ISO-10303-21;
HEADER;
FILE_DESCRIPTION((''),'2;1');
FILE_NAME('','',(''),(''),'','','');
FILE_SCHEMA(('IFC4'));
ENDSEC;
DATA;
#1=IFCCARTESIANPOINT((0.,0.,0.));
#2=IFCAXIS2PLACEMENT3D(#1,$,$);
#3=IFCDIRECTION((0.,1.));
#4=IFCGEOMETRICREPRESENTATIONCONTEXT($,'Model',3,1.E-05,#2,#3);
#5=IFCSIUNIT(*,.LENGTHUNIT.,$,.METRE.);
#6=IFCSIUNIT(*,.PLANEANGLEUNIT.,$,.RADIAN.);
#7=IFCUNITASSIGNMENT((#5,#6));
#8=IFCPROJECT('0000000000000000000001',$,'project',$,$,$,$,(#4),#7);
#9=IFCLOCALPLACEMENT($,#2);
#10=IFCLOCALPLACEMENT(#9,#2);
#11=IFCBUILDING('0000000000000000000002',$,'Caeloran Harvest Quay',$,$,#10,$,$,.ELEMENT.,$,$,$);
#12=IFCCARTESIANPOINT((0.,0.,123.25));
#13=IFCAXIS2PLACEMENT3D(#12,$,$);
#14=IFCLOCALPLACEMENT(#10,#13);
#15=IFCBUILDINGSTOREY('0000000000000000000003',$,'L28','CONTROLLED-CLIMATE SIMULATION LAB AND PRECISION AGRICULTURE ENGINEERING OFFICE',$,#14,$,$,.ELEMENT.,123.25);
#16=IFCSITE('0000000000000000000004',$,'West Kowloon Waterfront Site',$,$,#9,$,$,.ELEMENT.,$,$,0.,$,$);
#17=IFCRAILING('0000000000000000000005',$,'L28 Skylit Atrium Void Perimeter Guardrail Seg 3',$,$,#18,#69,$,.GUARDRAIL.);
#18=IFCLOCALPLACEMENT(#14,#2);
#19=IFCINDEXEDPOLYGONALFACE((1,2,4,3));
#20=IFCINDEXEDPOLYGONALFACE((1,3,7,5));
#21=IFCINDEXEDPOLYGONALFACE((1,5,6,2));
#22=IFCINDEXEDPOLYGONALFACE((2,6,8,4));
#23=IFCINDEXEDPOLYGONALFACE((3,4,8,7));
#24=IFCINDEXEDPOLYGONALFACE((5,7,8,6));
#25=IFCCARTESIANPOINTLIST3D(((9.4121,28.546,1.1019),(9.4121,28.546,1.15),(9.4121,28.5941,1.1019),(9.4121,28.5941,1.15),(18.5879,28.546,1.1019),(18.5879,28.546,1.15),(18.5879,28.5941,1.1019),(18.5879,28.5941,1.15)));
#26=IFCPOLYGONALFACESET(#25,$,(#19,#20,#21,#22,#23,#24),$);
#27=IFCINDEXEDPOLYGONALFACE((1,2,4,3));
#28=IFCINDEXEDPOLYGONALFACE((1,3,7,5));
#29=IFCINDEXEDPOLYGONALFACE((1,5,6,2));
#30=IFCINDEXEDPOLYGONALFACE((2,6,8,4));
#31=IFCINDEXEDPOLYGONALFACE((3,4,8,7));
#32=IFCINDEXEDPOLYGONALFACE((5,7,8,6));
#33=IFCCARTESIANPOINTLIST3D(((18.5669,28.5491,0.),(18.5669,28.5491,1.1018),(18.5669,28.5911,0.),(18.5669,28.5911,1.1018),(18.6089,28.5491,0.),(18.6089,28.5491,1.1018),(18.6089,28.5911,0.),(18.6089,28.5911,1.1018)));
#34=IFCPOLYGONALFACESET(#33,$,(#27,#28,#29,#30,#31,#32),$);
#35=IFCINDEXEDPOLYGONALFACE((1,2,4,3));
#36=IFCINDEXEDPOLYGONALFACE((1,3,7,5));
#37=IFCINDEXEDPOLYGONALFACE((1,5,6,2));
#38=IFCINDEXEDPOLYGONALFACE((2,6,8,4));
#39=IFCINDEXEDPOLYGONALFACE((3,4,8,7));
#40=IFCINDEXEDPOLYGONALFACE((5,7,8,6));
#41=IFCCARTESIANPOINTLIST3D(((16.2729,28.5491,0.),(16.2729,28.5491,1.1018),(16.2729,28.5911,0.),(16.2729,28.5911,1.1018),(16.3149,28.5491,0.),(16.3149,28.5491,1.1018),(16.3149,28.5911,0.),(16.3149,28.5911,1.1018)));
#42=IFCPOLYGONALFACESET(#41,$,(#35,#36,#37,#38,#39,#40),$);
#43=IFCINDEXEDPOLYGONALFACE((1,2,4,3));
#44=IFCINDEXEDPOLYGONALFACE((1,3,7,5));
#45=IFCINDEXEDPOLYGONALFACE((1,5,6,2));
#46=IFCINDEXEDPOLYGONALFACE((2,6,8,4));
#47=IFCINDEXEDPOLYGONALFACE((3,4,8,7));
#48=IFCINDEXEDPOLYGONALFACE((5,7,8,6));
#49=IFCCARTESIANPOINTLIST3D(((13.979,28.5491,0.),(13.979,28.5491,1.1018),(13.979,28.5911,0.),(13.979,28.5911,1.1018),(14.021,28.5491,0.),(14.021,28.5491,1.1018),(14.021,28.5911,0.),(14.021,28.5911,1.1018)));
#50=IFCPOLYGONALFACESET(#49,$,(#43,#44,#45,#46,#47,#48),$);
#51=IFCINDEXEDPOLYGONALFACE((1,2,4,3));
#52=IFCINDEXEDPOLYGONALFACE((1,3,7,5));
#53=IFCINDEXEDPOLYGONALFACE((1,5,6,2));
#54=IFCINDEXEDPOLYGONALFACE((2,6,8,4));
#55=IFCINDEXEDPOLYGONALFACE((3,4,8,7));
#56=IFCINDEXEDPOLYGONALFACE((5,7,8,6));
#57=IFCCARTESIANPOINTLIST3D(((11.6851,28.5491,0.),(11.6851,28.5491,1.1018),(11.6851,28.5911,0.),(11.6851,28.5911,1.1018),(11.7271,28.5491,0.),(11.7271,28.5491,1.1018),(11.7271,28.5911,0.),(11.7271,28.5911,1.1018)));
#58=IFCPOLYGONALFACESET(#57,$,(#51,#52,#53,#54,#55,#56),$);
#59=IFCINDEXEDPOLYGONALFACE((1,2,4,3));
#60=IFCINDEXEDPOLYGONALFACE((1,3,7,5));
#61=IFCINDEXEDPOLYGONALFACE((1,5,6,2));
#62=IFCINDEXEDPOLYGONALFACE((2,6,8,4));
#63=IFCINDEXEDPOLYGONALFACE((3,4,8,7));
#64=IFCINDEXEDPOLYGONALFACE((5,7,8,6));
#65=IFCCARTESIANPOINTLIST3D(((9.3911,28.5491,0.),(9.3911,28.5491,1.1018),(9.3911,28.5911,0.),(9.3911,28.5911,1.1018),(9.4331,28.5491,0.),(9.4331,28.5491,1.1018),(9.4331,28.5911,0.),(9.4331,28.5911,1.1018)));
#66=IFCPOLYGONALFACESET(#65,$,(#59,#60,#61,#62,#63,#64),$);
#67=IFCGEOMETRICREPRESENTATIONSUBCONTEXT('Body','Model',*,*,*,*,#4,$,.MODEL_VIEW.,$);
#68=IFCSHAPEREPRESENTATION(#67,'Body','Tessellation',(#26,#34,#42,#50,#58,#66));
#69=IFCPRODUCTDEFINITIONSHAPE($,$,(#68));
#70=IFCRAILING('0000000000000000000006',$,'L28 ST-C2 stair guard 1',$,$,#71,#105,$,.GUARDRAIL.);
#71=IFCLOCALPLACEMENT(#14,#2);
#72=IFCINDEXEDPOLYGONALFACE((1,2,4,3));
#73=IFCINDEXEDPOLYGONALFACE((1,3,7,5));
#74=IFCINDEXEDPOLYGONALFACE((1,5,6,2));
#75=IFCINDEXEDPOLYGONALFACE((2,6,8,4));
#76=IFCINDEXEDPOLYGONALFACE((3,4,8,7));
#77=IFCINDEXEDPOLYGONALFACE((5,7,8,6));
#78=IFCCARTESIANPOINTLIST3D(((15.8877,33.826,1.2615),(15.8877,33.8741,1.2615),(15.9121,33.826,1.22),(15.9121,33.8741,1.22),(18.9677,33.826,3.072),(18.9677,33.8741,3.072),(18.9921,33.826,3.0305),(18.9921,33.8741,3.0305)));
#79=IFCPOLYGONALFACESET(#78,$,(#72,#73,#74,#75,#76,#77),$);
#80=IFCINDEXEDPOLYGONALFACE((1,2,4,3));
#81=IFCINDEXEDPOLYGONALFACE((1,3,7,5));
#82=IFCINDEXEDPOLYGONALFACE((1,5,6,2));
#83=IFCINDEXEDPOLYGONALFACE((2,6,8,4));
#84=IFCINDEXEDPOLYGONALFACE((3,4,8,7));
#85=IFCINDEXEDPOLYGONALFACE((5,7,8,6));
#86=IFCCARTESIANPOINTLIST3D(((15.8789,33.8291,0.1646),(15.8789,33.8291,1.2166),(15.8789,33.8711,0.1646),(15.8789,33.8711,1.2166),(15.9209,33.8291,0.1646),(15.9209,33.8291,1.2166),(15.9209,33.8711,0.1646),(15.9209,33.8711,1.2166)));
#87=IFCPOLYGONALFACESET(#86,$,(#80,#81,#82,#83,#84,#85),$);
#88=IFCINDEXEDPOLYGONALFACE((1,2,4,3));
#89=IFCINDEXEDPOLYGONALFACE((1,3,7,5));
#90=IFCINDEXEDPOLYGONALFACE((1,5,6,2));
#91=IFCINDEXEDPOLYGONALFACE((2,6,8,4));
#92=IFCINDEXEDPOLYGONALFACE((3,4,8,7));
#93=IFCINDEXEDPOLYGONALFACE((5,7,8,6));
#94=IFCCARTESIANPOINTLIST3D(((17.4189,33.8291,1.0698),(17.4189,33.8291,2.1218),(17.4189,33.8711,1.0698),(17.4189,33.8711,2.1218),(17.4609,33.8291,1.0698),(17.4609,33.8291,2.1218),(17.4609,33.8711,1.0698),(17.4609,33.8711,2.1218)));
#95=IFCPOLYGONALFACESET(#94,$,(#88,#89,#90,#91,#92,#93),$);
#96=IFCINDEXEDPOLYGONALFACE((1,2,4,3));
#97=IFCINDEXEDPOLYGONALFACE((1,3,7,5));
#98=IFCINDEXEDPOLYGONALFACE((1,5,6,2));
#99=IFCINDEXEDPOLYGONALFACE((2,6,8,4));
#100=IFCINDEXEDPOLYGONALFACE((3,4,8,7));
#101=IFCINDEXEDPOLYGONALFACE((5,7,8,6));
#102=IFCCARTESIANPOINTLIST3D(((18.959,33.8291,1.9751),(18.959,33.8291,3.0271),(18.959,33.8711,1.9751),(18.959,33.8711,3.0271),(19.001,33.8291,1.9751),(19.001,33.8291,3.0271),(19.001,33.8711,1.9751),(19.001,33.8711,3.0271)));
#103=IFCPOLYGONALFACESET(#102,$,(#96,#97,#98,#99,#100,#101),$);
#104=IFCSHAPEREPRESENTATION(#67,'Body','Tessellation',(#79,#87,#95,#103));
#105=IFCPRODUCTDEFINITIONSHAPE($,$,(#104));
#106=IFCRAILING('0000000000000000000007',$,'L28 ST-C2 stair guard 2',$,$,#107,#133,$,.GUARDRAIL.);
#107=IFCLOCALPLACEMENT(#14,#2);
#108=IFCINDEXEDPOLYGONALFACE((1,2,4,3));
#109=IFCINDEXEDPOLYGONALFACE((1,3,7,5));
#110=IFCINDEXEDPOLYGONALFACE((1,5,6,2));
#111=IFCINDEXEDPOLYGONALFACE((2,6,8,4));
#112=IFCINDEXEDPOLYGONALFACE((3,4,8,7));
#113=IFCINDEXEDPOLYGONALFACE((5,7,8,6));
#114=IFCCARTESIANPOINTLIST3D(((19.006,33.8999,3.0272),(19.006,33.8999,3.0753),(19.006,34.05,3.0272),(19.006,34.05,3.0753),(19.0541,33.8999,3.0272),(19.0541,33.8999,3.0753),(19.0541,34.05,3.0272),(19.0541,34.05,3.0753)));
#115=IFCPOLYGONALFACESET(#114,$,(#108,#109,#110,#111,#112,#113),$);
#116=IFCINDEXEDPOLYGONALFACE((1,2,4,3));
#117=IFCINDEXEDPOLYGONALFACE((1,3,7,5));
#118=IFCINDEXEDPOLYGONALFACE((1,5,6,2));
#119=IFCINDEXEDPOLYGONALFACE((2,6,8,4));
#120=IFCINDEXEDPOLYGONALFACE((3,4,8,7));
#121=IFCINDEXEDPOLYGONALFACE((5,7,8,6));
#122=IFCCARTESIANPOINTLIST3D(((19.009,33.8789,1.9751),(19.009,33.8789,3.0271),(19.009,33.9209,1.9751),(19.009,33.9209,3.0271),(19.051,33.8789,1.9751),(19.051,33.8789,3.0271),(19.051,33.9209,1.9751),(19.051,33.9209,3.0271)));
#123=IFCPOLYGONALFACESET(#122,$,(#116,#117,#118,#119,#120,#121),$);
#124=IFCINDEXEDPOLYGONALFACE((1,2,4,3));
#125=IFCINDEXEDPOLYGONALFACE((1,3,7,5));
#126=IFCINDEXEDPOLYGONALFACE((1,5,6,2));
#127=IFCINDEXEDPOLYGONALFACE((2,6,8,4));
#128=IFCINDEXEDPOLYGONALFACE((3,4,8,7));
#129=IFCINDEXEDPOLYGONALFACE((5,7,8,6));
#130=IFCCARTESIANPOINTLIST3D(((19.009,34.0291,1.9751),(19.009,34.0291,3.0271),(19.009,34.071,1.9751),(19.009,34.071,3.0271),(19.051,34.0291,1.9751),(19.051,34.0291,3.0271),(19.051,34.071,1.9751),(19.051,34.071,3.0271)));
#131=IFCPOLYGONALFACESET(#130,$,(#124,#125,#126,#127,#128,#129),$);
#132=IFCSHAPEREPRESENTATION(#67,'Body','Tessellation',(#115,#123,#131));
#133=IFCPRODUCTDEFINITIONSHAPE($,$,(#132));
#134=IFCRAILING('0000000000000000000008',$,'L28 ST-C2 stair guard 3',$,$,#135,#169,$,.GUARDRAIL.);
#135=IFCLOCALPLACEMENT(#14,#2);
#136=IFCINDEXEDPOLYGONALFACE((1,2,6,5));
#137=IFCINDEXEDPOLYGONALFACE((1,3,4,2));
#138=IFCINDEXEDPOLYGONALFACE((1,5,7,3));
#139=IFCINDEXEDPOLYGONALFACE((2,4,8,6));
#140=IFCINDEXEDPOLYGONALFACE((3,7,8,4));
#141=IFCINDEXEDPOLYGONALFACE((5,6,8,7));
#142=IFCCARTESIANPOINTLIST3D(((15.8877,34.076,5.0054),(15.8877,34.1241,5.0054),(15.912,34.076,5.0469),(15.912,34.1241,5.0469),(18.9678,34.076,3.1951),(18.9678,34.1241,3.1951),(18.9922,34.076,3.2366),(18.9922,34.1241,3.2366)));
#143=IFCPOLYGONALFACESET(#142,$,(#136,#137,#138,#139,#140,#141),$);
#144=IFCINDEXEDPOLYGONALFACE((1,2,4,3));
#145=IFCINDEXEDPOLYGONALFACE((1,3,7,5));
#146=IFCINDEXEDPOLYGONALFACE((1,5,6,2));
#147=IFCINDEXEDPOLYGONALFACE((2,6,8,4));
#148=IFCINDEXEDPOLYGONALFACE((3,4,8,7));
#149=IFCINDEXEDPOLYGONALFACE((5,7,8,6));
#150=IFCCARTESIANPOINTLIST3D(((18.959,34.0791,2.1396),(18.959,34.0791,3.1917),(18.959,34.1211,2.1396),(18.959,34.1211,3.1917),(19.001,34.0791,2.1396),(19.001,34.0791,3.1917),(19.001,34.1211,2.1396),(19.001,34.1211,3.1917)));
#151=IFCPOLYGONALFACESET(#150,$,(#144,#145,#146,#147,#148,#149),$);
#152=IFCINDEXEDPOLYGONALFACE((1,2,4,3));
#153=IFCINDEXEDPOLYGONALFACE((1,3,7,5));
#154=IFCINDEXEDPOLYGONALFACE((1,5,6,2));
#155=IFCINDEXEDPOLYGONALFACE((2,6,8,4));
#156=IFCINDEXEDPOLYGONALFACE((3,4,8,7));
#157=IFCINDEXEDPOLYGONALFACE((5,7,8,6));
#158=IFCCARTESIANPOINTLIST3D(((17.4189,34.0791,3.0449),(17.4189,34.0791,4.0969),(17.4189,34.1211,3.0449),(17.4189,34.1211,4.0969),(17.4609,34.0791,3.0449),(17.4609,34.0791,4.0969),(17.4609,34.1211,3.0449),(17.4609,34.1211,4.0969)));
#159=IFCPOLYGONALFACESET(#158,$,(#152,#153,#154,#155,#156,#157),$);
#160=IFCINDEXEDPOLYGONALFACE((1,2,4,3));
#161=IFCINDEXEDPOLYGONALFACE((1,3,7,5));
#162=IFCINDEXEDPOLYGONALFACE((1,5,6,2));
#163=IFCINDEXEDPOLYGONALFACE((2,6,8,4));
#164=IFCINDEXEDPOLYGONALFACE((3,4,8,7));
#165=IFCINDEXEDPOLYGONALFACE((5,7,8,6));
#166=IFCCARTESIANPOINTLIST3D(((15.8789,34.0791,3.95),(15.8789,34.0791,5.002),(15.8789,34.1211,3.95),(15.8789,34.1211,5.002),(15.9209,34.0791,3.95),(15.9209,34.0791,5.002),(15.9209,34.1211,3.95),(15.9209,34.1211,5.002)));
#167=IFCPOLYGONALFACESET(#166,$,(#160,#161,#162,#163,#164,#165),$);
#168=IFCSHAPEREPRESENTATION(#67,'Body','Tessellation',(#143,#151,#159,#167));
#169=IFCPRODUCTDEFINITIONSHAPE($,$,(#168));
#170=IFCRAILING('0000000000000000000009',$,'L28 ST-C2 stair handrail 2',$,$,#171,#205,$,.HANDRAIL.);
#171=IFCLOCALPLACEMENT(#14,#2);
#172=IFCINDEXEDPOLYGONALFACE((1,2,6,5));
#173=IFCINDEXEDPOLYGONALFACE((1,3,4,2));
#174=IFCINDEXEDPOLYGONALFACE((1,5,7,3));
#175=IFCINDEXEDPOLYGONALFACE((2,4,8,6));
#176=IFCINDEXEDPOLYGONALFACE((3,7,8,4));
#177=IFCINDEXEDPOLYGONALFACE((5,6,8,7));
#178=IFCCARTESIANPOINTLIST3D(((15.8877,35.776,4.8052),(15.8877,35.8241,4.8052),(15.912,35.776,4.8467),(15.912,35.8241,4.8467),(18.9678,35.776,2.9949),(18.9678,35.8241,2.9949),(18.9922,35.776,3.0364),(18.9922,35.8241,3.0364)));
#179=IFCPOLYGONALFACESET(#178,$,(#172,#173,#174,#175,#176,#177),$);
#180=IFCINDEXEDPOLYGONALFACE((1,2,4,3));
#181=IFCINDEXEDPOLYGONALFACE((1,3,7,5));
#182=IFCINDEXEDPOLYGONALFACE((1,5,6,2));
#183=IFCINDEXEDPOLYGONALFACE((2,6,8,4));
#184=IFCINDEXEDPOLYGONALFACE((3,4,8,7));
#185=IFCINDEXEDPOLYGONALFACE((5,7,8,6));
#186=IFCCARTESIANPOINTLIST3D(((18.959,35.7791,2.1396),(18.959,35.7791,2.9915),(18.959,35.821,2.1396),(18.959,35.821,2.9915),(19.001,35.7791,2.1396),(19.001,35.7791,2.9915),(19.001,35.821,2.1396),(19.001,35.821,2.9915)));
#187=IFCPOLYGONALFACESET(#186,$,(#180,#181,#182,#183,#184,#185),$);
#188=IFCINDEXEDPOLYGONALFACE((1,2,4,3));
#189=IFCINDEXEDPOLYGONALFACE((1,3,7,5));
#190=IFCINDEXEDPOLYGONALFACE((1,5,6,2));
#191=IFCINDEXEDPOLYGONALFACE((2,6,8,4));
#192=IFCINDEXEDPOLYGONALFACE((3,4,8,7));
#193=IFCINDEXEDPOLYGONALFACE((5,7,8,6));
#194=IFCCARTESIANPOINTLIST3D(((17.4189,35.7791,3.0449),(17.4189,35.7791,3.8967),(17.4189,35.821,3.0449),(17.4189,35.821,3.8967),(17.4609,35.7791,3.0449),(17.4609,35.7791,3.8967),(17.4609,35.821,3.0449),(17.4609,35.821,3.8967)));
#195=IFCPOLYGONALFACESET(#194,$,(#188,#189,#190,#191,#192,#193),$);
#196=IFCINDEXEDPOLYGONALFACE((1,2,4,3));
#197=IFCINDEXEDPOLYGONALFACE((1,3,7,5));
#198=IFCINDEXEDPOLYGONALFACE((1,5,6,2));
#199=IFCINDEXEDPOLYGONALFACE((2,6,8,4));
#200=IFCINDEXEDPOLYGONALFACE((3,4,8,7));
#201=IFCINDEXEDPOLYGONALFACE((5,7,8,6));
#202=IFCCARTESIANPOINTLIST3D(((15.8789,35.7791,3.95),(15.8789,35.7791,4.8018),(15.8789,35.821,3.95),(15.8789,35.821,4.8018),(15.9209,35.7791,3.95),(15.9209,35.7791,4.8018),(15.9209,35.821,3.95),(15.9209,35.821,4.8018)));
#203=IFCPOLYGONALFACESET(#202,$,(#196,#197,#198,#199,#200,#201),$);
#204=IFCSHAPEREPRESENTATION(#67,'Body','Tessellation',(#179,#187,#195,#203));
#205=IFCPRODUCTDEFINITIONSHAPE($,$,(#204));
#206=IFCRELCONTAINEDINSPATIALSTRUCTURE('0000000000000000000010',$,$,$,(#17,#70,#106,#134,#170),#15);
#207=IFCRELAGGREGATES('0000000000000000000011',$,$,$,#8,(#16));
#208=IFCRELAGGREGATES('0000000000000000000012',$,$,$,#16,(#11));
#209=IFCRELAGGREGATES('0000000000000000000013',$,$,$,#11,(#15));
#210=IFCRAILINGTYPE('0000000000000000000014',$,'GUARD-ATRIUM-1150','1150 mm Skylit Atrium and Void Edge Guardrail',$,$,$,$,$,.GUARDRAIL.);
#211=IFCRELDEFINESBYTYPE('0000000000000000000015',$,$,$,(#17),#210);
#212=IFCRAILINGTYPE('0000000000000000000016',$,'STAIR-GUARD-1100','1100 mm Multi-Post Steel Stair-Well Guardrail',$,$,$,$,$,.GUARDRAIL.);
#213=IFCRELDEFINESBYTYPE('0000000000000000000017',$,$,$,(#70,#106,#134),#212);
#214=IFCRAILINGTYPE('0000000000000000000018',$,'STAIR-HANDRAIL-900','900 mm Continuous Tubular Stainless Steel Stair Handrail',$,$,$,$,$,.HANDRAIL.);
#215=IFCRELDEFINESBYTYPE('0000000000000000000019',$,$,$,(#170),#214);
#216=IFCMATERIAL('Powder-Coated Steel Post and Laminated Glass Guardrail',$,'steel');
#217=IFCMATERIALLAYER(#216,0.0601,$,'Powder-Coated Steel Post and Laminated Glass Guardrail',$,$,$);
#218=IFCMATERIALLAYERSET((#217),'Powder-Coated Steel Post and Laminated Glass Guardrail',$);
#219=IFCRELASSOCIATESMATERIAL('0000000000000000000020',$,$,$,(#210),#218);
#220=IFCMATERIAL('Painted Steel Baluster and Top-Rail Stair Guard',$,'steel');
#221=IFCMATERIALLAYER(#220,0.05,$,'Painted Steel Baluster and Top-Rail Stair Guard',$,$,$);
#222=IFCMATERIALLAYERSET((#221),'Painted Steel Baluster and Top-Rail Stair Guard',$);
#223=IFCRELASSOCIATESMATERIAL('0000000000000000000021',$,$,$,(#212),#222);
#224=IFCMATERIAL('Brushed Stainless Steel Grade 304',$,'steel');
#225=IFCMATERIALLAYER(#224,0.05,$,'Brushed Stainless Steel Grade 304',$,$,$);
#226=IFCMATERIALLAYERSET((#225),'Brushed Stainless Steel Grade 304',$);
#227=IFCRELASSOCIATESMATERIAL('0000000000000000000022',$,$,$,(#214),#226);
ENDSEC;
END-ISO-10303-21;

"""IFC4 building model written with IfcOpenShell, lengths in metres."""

from ifc_helpers import new_model, si_unit, direction, frame, origin, origin_2d, place, context, subcontext, project, spatial, rectangle, extrude, material, layer, layer_set, type_object, element, save


model = new_model("IFC4")

# Units and contexts
model_context = context("Model", 3, precision=1e-05, world=origin(), true_north=direction((0.0, 1.0)))
body_context = subcontext(model_context, "Body", "Model", "MODEL_VIEW")
ifc_project = project(units=[si_unit("LENGTHUNIT", "METRE"), si_unit("PLANEANGLEUNIT", "RADIAN")], contexts=[model_context])

# Site, building, storey
site_placement = place(None, origin())
site = spatial("IfcSite", under=ifc_project, at=site_placement, Name="West Kowloon Waterfront Site", CompositionType="ELEMENT", RefElevation=0.0)
building_placement = place(site_placement, origin())
building = spatial("IfcBuilding", under=site, at=building_placement, Name="Caeloran Harvest Quay", CompositionType="ELEMENT")
storey_placement = place(building_placement, frame((0.0, 0.0, 123.25)))
storey = spatial("IfcBuildingStorey", under=building, at=storey_placement, Name="L28", Description="CONTROLLED-CLIMATE SIMULATION LAB AND PRECISION AGRICULTURE ENGINEERING OFFICE", CompositionType="ELEMENT", Elevation=123.25)

# Railings
ifc_material_1 = material(Name="Powder-Coated Steel Post and Laminated Glass Guardrail", Category="steel")
ifc_layer_1 = layer(ifc_material_1, 0.0601, Name="Powder-Coated Steel Post and Laminated Glass Guardrail")
ifc_layer_set_1 = layer_set([ifc_layer_1], Name="Powder-Coated Steel Post and Laminated Glass Guardrail")
railing_type_1 = type_object("IfcRailingType", Name="GUARD-ATRIUM-1150", Description="1150 mm Skylit Atrium and Void Edge Guardrail", PredefinedType="GUARDRAIL", material=ifc_layer_set_1)
railing_1_placement = place(storey_placement, frame((18.5879, 28.5701, 0.0)))
element("IfcRailing", 1, at=railing_1_placement, inside=storey, type_object=railing_type_1, Name="L28 Skylit Atrium Void Perimeter Guardrail Seg 3", PredefinedType="GUARDRAIL", context=body_context, shape_type="SweptSolid", body=[
    extrude(rectangle(XDim=0.0481, YDim=0.0481, at=origin_2d()), frame((0.0, 0.0, 1.126), z_axis=(-1.0, 0.0, 0.0), x_axis=(0.0, -1.0, 0.0)), (0.0, 0.0, 1.0), 9.1758),
    extrude(rectangle(XDim=0.042, YDim=0.042, at=origin_2d()), origin(), (0.0, 0.0, 1.0), 1.1018),
    extrude(rectangle(XDim=0.042, YDim=0.042, at=origin_2d()), frame((-2.2939, 0.0, 0.0)), (0.0, 0.0, 1.0), 1.1018),
    extrude(rectangle(XDim=0.042, YDim=0.042, at=origin_2d()), frame((-4.5879, 0.0, 0.0)), (0.0, 0.0, 1.0), 1.1018),
    extrude(rectangle(XDim=0.042, YDim=0.042, at=origin_2d()), frame((-6.8818, 0.0, 0.0)), (0.0, 0.0, 1.0), 1.1018),
    extrude(rectangle(XDim=0.042, YDim=0.042, at=origin_2d()), frame((-9.1758, 0.0, 0.0)), (0.0, 0.0, 1.0), 1.1018),
])
ifc_material_2 = material(Name="Painted Steel Baluster and Top-Rail Stair Guard", Category="steel")
ifc_layer_2 = layer(ifc_material_2, 0.05, Name="Painted Steel Baluster and Top-Rail Stair Guard")
ifc_layer_set_2 = layer_set([ifc_layer_2], Name="Painted Steel Baluster and Top-Rail Stair Guard")
railing_type_2 = type_object("IfcRailingType", Name="STAIR-GUARD-1100", Description="1100 mm Multi-Post Steel Stair-Well Guardrail", PredefinedType="GUARDRAIL", material=ifc_layer_set_2)
railing_2_placement = place(storey_placement, frame((15.8999, 33.8501, 0.1646)))
element("IfcRailing", 2, at=railing_2_placement, inside=storey, type_object=railing_type_2, Name="L28 ST-C2 stair guard 1", PredefinedType="GUARDRAIL", context=body_context, shape_type="SweptSolid", body=[
    extrude(rectangle(XDim=0.0481, YDim=0.0481, at=origin_2d()), frame((0.0, 0.0, 1.0762), z_axis=(0.862089, 0.0, 0.506757), x_axis=(0.0, 1.0, 0.0)), (0.0, 0.0, 1.0), 3.5728),
    extrude(rectangle(XDim=0.042, YDim=0.042, at=origin_2d()), origin(), (0.0, 0.0, 1.0), 1.052),
    extrude(rectangle(XDim=0.042, YDim=0.042, at=origin_2d()), frame((1.54, 0.0, 0.9053)), (0.0, 0.0, 1.0), 1.052),
    extrude(rectangle(XDim=0.042, YDim=0.042, at=origin_2d()), frame((3.0801, 0.0, 1.8105)), (0.0, 0.0, 1.0), 1.052),
])
railing_3_placement = place(storey_placement, frame((19.03, 33.8999, 1.9751)))
element("IfcRailing", 3, at=railing_3_placement, inside=storey, type_object=railing_type_2, Name="L28 ST-C2 stair guard 2", PredefinedType="GUARDRAIL", context=body_context, shape_type="SweptSolid", body=[
    extrude(rectangle(XDim=0.0481, YDim=0.0481, at=origin_2d()), frame((0.0, 0.0, 1.0762), z_axis=(0.0, 1.0, 0.0), x_axis=(-1.0, 0.0, 0.0)), (0.0, 0.0, 1.0), 0.1501),
    extrude(rectangle(XDim=0.042, YDim=0.042, at=origin_2d()), origin(), (0.0, 0.0, 1.0), 1.052),
    extrude(rectangle(XDim=0.042, YDim=0.042, at=origin_2d()), frame((0.0, 0.1501, 0.0)), (0.0, 0.0, 1.0), 1.052),
])
railing_4_placement = place(storey_placement, frame((18.98, 34.1001, 2.1396)))
element("IfcRailing", 4, at=railing_4_placement, inside=storey, type_object=railing_type_2, Name="L28 ST-C2 stair guard 3", PredefinedType="GUARDRAIL", context=body_context, shape_type="SweptSolid", body=[
    extrude(rectangle(XDim=0.0481, YDim=0.0481, at=origin_2d()), frame((0.0, 0.0, 1.0762), z_axis=(-0.862119, 0.0, 0.506707), x_axis=(0.0, -1.0, 0.0)), (0.0, 0.0, 1.0), 3.5728),
    extrude(rectangle(XDim=0.042, YDim=0.042, at=origin_2d()), origin(), (0.0, 0.0, 1.0), 1.052),
    extrude(rectangle(XDim=0.042, YDim=0.042, at=origin_2d()), frame((-1.54, 0.0, 0.9053)), (0.0, 0.0, 1.0), 1.052),
    extrude(rectangle(XDim=0.042, YDim=0.042, at=origin_2d()), frame((-3.0801, 0.0, 1.8103)), (0.0, 0.0, 1.0), 1.052),
])
ifc_material_3 = material(Name="Brushed Stainless Steel Grade 304", Category="steel")
ifc_layer_3 = layer(ifc_material_3, 0.05, Name="Brushed Stainless Steel Grade 304")
ifc_layer_set_3 = layer_set([ifc_layer_3], Name="Brushed Stainless Steel Grade 304")
railing_type_3 = type_object("IfcRailingType", Name="STAIR-HANDRAIL-900", Description="900 mm Continuous Tubular Stainless Steel Stair Handrail", PredefinedType="HANDRAIL", material=ifc_layer_set_3)
railing_5_placement = place(storey_placement, frame((18.98, 35.8, 2.1396)))
element("IfcRailing", 5, at=railing_5_placement, inside=storey, type_object=railing_type_3, Name="L28 ST-C2 stair handrail 2", PredefinedType="HANDRAIL", context=body_context, shape_type="SweptSolid", body=[
    extrude(rectangle(XDim=0.0481, YDim=0.0481, at=origin_2d()), frame((0.0, 0.0, 0.876), z_axis=(-0.862119, 0.0, 0.506707), x_axis=(0.0, -1.0, 0.0)), (0.0, 0.0, 1.0), 3.5728),
    extrude(rectangle(XDim=0.042, YDim=0.042, at=origin_2d()), origin(), (0.0, 0.0, 1.0), 0.8518),
    extrude(rectangle(XDim=0.042, YDim=0.042, at=origin_2d()), frame((-1.54, 0.0, 0.9053)), (0.0, 0.0, 1.0), 0.8518),
    extrude(rectangle(XDim=0.042, YDim=0.042, at=origin_2d()), frame((-3.0801, 0.0, 1.8103)), (0.0, 0.0, 1.0), 0.8518),
])

save(model, "model.ifc")
